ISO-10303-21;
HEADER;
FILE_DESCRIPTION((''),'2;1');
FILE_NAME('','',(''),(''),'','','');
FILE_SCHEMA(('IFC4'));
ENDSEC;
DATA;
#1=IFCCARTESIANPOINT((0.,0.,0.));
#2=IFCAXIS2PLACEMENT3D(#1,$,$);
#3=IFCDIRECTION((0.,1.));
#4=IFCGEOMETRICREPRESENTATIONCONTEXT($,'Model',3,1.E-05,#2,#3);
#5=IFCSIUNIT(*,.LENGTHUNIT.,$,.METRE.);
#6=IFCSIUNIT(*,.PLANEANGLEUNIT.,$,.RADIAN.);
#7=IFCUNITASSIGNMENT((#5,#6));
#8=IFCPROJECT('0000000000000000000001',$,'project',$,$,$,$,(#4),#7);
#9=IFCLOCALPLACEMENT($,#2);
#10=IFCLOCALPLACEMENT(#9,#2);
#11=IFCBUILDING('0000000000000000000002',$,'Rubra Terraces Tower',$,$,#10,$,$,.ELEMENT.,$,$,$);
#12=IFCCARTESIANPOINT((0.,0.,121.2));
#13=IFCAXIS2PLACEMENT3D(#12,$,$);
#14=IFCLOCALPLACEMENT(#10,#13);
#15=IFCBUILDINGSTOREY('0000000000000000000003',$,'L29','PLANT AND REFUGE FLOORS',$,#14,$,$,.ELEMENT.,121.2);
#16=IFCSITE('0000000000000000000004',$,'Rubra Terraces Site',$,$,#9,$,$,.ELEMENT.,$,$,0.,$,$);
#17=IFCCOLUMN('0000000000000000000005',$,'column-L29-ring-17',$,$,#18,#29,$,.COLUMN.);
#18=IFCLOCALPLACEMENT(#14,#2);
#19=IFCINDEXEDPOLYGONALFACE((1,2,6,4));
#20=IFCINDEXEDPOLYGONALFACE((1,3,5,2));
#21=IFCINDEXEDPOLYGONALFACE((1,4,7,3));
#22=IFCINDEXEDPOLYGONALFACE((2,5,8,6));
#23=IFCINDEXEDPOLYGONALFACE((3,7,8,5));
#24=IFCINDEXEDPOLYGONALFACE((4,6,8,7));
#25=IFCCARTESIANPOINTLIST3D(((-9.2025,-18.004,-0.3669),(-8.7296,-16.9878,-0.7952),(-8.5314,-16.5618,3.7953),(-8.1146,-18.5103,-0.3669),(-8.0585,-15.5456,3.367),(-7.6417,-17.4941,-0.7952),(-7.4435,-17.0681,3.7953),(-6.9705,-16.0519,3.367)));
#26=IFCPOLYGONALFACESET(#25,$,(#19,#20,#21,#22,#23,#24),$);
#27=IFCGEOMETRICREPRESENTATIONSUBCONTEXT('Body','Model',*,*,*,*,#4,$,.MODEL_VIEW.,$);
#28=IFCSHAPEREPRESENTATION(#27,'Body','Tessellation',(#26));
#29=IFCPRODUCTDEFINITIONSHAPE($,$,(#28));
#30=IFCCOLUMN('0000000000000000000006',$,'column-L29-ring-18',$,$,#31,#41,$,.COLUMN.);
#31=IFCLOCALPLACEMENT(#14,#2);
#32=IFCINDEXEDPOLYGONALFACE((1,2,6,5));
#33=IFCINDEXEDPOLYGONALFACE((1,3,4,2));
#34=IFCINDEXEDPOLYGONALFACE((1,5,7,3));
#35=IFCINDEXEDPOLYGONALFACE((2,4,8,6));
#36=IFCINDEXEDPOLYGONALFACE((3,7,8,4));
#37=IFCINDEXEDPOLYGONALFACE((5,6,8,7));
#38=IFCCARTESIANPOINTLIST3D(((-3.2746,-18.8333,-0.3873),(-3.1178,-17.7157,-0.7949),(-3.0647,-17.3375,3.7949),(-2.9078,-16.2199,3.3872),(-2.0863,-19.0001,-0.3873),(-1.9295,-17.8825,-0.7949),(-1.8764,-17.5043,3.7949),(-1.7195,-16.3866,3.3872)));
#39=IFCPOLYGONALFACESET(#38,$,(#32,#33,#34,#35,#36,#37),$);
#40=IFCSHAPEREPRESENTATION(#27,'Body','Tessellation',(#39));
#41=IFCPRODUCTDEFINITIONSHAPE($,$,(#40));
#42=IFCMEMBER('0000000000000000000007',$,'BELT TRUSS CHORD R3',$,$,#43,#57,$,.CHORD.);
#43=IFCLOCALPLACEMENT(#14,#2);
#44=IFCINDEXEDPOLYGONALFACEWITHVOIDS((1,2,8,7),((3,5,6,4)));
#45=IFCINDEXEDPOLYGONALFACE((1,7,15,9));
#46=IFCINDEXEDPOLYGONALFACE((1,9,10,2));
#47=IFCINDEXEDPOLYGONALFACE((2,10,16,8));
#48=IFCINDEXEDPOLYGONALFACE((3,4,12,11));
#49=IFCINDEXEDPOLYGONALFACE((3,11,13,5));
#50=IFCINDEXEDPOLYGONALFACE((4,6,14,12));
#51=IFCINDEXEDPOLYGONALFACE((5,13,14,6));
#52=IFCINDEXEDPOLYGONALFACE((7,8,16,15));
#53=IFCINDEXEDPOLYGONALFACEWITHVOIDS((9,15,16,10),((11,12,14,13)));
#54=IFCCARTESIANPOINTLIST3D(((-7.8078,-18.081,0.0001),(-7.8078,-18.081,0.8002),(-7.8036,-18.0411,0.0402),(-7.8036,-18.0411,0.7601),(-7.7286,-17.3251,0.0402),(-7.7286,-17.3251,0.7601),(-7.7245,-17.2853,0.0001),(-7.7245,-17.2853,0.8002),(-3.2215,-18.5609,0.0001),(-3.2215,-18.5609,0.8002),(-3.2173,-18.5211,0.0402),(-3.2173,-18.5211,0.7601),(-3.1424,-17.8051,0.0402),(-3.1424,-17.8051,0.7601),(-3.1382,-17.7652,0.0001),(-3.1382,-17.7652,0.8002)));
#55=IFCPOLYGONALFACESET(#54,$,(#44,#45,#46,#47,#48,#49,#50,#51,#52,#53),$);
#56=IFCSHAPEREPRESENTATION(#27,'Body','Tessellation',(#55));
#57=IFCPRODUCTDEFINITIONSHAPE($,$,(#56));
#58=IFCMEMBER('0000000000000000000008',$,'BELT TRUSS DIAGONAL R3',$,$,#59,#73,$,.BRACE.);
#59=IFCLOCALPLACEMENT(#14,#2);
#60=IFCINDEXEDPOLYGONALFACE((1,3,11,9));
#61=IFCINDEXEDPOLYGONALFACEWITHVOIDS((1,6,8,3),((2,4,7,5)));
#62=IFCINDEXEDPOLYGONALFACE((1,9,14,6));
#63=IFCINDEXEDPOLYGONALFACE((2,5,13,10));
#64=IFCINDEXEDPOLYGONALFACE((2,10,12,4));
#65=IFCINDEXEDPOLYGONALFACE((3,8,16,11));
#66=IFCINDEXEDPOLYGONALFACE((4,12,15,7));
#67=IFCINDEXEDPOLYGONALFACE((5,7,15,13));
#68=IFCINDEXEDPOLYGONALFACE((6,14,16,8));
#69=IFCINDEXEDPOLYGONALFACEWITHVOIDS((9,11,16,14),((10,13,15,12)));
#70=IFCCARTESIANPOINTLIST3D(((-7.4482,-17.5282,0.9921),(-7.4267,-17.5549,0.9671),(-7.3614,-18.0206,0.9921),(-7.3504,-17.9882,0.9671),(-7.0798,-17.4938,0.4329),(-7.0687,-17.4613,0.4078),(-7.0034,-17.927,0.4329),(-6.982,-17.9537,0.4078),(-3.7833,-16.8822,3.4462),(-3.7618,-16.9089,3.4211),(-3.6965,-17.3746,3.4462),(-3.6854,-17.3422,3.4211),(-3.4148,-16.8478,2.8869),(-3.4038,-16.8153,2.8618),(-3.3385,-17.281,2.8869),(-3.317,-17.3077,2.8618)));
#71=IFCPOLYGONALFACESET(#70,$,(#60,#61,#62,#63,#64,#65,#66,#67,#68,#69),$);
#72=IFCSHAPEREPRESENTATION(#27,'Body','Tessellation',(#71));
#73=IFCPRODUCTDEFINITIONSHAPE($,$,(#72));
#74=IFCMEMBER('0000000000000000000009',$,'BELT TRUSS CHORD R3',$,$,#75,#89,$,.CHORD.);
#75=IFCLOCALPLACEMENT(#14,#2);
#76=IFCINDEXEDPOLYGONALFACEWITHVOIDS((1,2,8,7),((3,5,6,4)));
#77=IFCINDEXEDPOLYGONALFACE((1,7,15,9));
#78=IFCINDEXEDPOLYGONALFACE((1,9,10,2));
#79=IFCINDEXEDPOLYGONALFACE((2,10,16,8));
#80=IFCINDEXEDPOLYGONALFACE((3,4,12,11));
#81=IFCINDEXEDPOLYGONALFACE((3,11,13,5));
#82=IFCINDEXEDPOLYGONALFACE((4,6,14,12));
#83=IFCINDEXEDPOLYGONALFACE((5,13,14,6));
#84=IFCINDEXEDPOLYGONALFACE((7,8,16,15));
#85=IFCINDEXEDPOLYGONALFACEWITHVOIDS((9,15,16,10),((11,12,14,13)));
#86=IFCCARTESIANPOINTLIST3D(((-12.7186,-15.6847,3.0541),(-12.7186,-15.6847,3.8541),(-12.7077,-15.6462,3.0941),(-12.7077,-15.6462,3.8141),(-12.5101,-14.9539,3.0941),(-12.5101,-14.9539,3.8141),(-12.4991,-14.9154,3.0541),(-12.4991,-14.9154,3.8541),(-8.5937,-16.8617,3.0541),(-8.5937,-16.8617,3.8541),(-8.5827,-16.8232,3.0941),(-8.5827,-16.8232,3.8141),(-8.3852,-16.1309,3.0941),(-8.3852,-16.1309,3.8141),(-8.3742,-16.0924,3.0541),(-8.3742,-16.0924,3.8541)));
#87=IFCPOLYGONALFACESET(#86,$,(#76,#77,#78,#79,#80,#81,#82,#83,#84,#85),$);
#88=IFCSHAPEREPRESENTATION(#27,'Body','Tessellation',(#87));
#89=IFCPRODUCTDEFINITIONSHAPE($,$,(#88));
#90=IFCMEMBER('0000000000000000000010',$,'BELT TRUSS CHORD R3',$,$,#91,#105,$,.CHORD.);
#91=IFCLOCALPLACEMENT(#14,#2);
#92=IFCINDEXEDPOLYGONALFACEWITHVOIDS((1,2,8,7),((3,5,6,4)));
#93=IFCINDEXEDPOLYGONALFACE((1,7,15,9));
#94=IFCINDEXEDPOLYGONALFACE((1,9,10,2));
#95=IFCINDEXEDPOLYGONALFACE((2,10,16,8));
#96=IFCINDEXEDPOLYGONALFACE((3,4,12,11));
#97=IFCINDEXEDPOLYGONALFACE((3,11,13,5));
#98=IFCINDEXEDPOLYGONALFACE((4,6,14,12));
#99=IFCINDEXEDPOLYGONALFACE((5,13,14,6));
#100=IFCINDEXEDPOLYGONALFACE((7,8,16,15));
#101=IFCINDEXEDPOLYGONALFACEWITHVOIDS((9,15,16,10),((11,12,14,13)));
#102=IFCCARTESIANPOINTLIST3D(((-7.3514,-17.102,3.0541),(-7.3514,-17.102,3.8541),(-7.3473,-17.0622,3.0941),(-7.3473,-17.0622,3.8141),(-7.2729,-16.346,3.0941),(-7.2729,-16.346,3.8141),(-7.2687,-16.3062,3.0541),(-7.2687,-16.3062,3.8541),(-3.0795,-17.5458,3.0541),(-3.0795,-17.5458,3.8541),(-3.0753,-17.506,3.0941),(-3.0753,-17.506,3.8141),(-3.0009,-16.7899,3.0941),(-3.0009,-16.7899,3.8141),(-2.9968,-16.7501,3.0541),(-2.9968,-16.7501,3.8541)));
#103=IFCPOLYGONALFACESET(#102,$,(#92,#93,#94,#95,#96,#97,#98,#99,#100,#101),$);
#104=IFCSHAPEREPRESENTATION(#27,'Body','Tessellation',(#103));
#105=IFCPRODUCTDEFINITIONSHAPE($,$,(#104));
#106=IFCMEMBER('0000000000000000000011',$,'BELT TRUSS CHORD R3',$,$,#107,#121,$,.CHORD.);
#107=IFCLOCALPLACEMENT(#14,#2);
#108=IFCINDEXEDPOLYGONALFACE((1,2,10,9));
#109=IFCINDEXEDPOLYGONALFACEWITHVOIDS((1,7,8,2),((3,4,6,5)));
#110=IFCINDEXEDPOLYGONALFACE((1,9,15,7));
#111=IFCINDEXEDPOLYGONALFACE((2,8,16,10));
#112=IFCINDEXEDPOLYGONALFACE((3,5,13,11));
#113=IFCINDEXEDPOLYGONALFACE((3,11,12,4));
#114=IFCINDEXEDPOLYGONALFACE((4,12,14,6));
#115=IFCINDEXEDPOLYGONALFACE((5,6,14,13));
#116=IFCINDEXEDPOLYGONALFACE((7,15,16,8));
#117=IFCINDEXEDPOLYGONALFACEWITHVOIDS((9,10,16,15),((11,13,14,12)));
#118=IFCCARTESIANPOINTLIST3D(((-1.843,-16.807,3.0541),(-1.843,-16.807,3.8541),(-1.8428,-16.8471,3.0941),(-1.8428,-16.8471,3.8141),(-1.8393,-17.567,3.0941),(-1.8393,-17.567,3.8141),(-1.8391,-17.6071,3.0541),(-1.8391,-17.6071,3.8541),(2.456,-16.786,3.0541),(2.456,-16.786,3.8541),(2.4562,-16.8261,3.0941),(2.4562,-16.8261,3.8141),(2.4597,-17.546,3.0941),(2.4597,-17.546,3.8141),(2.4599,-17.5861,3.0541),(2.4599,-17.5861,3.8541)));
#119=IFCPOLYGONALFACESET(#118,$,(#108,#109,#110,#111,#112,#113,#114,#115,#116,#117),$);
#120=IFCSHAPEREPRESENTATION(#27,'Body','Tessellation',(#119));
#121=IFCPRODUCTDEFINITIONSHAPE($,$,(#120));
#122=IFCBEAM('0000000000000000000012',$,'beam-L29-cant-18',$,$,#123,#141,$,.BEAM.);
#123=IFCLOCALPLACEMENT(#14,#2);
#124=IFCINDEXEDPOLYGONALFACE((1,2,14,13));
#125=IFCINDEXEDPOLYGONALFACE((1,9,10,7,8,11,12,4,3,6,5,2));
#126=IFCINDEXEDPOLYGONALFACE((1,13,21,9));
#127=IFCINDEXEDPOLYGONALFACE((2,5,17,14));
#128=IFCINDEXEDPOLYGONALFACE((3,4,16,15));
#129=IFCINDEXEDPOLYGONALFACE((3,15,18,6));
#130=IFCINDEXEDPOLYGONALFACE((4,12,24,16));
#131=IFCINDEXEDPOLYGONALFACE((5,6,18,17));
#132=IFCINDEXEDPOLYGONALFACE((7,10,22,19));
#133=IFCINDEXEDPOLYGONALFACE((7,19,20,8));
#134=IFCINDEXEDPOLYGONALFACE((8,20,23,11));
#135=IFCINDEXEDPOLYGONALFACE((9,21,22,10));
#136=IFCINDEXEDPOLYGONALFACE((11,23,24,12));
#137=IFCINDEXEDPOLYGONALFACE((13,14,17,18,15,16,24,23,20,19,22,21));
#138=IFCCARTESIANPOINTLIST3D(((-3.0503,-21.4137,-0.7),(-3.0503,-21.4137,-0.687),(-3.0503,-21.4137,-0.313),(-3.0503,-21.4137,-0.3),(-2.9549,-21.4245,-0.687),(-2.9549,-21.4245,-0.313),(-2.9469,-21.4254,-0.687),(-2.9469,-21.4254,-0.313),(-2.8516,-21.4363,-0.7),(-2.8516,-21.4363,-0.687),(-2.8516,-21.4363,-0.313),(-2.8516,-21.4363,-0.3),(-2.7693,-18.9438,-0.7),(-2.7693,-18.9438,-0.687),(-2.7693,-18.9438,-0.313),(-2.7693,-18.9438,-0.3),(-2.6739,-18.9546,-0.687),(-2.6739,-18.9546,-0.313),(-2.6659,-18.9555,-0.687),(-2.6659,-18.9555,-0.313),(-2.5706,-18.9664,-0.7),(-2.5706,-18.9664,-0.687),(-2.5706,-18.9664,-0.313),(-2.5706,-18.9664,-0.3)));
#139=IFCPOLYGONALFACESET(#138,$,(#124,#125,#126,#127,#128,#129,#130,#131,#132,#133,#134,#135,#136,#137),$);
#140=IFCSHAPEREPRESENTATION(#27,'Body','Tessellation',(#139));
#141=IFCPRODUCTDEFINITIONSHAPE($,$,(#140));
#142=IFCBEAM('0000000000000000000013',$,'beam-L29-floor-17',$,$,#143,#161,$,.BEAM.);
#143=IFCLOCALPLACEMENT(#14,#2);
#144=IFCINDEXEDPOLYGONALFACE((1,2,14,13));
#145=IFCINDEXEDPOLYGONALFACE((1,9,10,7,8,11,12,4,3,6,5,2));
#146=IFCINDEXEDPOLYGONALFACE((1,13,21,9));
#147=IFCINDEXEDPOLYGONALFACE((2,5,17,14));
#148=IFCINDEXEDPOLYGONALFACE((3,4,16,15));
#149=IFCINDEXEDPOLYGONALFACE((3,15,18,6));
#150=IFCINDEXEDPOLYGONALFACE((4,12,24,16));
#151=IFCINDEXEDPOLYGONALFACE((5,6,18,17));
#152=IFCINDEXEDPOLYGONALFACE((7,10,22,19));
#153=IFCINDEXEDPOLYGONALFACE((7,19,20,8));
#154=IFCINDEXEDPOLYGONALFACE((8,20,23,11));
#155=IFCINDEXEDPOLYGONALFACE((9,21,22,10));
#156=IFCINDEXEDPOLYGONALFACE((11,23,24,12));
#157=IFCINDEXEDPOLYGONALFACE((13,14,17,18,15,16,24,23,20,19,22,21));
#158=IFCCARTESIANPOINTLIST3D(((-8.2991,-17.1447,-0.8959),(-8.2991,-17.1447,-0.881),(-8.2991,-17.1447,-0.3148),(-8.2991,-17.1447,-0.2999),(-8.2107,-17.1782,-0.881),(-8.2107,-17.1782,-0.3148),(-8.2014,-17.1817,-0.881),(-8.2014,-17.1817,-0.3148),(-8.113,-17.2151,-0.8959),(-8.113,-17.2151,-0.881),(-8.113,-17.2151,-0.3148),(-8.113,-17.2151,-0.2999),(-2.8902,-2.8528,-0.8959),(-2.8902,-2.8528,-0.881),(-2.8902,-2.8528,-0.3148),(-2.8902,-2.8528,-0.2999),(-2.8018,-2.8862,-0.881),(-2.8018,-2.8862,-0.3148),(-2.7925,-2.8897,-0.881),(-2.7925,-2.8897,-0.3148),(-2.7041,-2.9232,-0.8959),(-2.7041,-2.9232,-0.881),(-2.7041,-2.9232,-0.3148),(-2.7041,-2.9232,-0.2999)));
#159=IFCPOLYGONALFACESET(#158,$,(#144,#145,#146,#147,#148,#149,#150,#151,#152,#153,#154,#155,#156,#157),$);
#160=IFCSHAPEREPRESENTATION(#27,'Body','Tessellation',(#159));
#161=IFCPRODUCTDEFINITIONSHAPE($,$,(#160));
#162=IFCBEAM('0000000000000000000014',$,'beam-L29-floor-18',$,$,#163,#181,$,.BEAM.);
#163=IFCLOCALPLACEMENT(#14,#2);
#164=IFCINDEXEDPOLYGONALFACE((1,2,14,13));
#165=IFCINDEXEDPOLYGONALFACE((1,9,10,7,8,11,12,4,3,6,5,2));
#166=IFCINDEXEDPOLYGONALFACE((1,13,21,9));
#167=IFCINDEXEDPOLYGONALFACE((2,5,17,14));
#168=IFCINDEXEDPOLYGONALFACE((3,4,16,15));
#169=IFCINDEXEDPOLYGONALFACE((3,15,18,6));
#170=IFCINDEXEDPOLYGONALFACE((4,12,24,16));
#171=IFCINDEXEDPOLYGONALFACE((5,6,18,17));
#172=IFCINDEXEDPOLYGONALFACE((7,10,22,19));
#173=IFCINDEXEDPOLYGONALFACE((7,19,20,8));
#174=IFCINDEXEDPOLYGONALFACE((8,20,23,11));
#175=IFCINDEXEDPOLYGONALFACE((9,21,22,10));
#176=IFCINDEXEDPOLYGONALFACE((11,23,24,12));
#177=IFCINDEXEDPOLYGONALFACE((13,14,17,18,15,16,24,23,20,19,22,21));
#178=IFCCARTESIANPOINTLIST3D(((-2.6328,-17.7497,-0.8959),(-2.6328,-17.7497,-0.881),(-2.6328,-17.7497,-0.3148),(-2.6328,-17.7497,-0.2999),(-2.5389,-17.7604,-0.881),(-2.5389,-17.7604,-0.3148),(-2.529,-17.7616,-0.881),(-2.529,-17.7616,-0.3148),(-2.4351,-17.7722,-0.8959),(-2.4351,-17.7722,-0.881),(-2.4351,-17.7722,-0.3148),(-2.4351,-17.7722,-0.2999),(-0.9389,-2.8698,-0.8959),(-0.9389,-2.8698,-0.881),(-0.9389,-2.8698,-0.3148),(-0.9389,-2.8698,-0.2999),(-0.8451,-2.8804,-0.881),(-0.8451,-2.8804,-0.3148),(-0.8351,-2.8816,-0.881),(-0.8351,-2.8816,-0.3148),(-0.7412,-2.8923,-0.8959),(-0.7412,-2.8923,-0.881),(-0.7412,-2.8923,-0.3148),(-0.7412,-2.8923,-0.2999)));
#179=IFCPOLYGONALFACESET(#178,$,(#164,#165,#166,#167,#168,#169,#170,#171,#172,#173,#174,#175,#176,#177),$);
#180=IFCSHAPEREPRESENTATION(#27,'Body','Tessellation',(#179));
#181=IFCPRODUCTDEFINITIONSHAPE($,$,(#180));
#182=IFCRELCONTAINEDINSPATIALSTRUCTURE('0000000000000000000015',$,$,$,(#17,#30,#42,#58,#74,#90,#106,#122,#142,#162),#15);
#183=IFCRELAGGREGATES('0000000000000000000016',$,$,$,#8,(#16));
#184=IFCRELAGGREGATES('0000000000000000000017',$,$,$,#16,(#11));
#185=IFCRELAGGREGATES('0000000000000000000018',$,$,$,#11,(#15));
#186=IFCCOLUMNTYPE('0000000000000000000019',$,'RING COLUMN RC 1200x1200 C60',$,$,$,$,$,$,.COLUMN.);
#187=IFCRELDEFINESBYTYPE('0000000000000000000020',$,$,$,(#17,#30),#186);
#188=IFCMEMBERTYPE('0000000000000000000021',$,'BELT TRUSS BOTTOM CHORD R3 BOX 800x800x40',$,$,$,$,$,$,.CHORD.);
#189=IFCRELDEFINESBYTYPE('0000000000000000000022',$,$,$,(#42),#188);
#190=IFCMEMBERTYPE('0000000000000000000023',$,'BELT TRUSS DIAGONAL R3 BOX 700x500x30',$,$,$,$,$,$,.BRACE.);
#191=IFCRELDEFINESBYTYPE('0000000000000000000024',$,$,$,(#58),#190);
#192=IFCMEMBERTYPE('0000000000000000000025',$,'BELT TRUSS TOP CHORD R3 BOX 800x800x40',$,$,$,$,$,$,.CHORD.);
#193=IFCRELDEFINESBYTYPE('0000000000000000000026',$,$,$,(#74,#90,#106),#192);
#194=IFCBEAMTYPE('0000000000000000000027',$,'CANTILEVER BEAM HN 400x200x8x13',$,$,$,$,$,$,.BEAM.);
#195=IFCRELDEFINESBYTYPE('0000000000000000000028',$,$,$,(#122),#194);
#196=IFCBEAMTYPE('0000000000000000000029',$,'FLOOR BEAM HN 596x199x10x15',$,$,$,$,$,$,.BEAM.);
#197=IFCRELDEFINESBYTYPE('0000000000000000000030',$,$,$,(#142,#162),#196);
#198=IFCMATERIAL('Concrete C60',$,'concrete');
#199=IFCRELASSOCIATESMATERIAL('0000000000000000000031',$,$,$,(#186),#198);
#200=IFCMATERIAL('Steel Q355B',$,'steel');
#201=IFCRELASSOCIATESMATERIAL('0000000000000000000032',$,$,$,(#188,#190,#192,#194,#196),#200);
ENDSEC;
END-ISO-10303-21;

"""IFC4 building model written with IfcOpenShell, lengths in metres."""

from ifc_helpers import new_model, si_unit, direction, frame, origin, origin_2d, place, context, subcontext, project, spatial, rectangle, hollow_rectangle, i_section, extrude, material, material_profile, profile_set, type_object, element, save


model = new_model("IFC4")

# Units and contexts
model_context = context("Model", 3, precision=1e-05, world=origin(), true_north=direction((0.0, 1.0)))
body_context = subcontext(model_context, "Body", "Model", "MODEL_VIEW")
ifc_project = project(units=[si_unit("LENGTHUNIT", "METRE"), si_unit("PLANEANGLEUNIT", "RADIAN")], contexts=[model_context])

# Site, building, storey
site_placement = place(None, origin())
site = spatial("IfcSite", under=ifc_project, at=site_placement, Name="Rubra Terraces Site", CompositionType="ELEMENT", RefElevation=0.0)
building_placement = place(site_placement, origin())
building = spatial("IfcBuilding", under=site, at=building_placement, Name="Rubra Terraces Tower", CompositionType="ELEMENT")
storey_placement = place(building_placement, frame((0.0, 0.0, 121.2)))
storey = spatial("IfcBuildingStorey", under=building, at=storey_placement, Name="L29", Description="PLANT AND REFUGE FLOORS", CompositionType="ELEMENT", Elevation=121.2)

# Columns
ifc_material_1 = material(Name="Concrete C60", Category="concrete")
ifc_material_profile_1 = material_profile(ifc_material_1, rectangle(XDim=1.2, YDim=1.2, at=origin_2d()), Name="RC 1200x1200")
ifc_profile_set_1 = profile_set([ifc_material_profile_1], Name="Concrete C60")
column_type = type_object("IfcColumnType", Name="RING COLUMN RC 1200x1200 C60", PredefinedType="COLUMN", material=ifc_profile_set_1)
column_1_placement = place(storey_placement, frame((-8.4221, -17.749, -0.5811), z_axis=(0.150625, 0.323661, 0.934107), x_axis=(-0.90663, 0.421927, 0.0)))
element("IfcColumn", 1, at=column_1_placement, inside=storey, type_object=column_type, Name="column-L29-ring-17", PredefinedType="COLUMN", context=body_context, shape_type="SweptSolid", body=[
    extrude(rectangle(XDim=1.2, YDim=1.2, at=origin_2d()), origin(), (0.0, 0.0, 1.0), 4.4558),
])
column_2_placement = place(storey_placement, frame((-2.6021, -18.3579, -0.5911), z_axis=(0.047219, 0.336406, 0.940532), x_axis=(-0.990292, 0.139, 0.0)))
element("IfcColumn", 2, at=column_2_placement, inside=storey, type_object=column_type, Name="column-L29-ring-18", PredefinedType="COLUMN", context=body_context, shape_type="SweptSolid", body=[
    extrude(rectangle(XDim=1.2, YDim=1.2, at=origin_2d()), origin(), (0.0, 0.0, 1.0), 4.4465),
])

# Members
ifc_material_2 = material(Name="Steel Q355B", Category="steel")
ifc_material_profile_2 = material_profile(ifc_material_2, hollow_rectangle(XDim=0.8, YDim=0.8, WallThickness=0.04, at=origin_2d()), Name="BOX 800x800x40")
ifc_profile_set_2 = profile_set([ifc_material_profile_2], Name="Steel Q355B")
member_type_1 = type_object("IfcMemberType", Name="BELT TRUSS BOTTOM CHORD R3 BOX 800x800x40", PredefinedType="CHORD", material=ifc_profile_set_2)
member_1_placement = place(storey_placement, frame((-7.7661, -17.6831, 0.4001), z_axis=(0.994568, -0.104089, 0.0), x_axis=(0.104089, 0.994568, 0.0)))
element("IfcMember", 3, at=member_1_placement, inside=storey, type_object=member_type_1, Name="BELT TRUSS CHORD R3", PredefinedType="CHORD", context=body_context, shape_type="SweptSolid", body=[
    extrude(hollow_rectangle(XDim=0.8, YDim=0.8, WallThickness=0.04, at=origin_2d()), origin(), (0.0, 0.0, 1.0), 4.6113),
])
ifc_material_profile_3 = material_profile(ifc_material_2, hollow_rectangle(XDim=0.5, YDim=0.7, WallThickness=0.03, at=origin_2d()), Name="BOX 700x500x30")
ifc_profile_set_3 = profile_set([ifc_material_profile_3], Name="Steel Q355B")
member_type_2 = type_object("IfcMemberType", Name="BELT TRUSS DIAGONAL R3 BOX 700x500x30", PredefinedType="BRACE", material=ifc_profile_set_3)
member_2_placement = place(storey_placement, frame((-7.2151, -17.741, 0.7), z_axis=(0.822154, 0.144912, 0.550512), x_axis=(-0.173583, 0.984819, 0.0)))
element("IfcMember", 4, at=member_2_placement, inside=storey, type_object=member_type_2, Name="BELT TRUSS DIAGONAL R3", PredefinedType="BRACE", context=body_context, shape_type="SweptSolid", body=[
    extrude(hollow_rectangle(XDim=0.5, YDim=0.7, WallThickness=0.03, at=origin_2d()), origin(), (0.0, 0.0, 1.0), 4.4578),
])
ifc_material_profile_4 = material_profile(ifc_material_2, hollow_rectangle(XDim=0.8, YDim=0.8, WallThickness=0.04, at=origin_2d()), Name="BOX 800x800x40")
ifc_profile_set_4 = profile_set([ifc_material_profile_4], Name="Steel Q355B")
member_type_3 = type_object("IfcMemberType", Name="BELT TRUSS TOP CHORD R3 BOX 800x800x40", PredefinedType="CHORD", material=ifc_profile_set_4)
member_3_placement = place(storey_placement, frame((-12.6089, -15.3, 3.4541), z_axis=(0.961621, -0.274383, 0.0), x_axis=(0.274383, 0.961621, 0.0)))
element("IfcMember", 5, at=member_3_placement, inside=storey, type_object=member_type_3, Name="BELT TRUSS CHORD R3", PredefinedType="CHORD", context=body_context, shape_type="SweptSolid", body=[
    extrude(hollow_rectangle(XDim=0.8, YDim=0.8, WallThickness=0.04, at=origin_2d()), origin(), (0.0, 0.0, 1.0), 4.2896),
])
member_4_placement = place(storey_placement, frame((-7.3101, -16.7041, 3.4541), z_axis=(0.994646, -0.103341, 0.0), x_axis=(0.103341, 0.994646, 0.0)))
element("IfcMember", 6, at=member_4_placement, inside=storey, type_object=member_type_3, Name="BELT TRUSS CHORD R3", PredefinedType="CHORD", context=body_context, shape_type="SweptSolid", body=[
    extrude(hollow_rectangle(XDim=0.8, YDim=0.8, WallThickness=0.04, at=origin_2d()), origin(), (0.0, 0.0, 1.0), 4.2949),
])
member_5_placement = place(storey_placement, frame((-1.8411, -17.207, 3.4541), z_axis=(0.999988, 0.004884, 0.0), x_axis=(-0.004884, 0.999988, 0.0)))
element("IfcMember", 7, at=member_5_placement, inside=storey, type_object=member_type_3, Name="BELT TRUSS CHORD R3", PredefinedType="CHORD", context=body_context, shape_type="SweptSolid", body=[
    extrude(hollow_rectangle(XDim=0.8, YDim=0.8, WallThickness=0.04, at=origin_2d()), origin(), (0.0, 0.0, 1.0), 4.2991),
])

# Beams
ifc_material_profile_5 = material_profile(ifc_material_2, i_section(OverallWidth=0.2, OverallDepth=0.3999, WebThickness=0.0081, FlangeThickness=0.0129, at=origin_2d()), Name="HN 400x200x8x13")
ifc_profile_set_5 = profile_set([ifc_material_profile_5], Name="Steel Q355B")
beam_type_1 = type_object("IfcBeamType", Name="CANTILEVER BEAM HN 400x200x8x13", PredefinedType="BEAM", material=ifc_profile_set_5)
beam_1_placement = place(storey_placement, frame((-2.6699, -18.9551, -0.5), z_axis=(-0.11304, -0.99359, 0.0), x_axis=(0.99359, -0.11304, 0.0)))
element("IfcBeam", 8, at=beam_1_placement, inside=storey, type_object=beam_type_1, Name="beam-L29-cant-18", PredefinedType="BEAM", context=body_context, shape_type="SweptSolid", body=[
    extrude(i_section(OverallWidth=0.2, OverallDepth=0.3999, WebThickness=0.0081, FlangeThickness=0.0129, at=origin_2d()), origin(), (0.0, 0.0, 1.0), 2.4858),
])
ifc_material_profile_6 = material_profile(ifc_material_2, i_section(OverallWidth=0.199, OverallDepth=0.5959, WebThickness=0.01, FlangeThickness=0.0149, at=origin_2d()), Name="HN 596x199x10x15")
ifc_profile_set_6 = profile_set([ifc_material_profile_6], Name="Steel Q355B")
beam_type_2 = type_object("IfcBeamType", Name="FLOOR BEAM HN 596x199x10x15", PredefinedType="BEAM", material=ifc_profile_set_6)
beam_2_placement = place(storey_placement, frame((-8.2061, -17.1799, -0.5979), z_axis=(0.353958, 0.935261, 0.0), x_axis=(-0.935261, 0.353958, 0.0)))
element("IfcBeam", 9, at=beam_2_placement, inside=storey, type_object=beam_type_2, Name="beam-L29-floor-17", PredefinedType="BEAM", context=body_context, shape_type="SweptSolid", body=[
    extrude(i_section(OverallWidth=0.199, OverallDepth=0.5959, WebThickness=0.01, FlangeThickness=0.0149, at=origin_2d()), origin(), (0.0, 0.0, 1.0), 15.2812),
])
beam_3_placement = place(storey_placement, frame((-2.5339, -17.761, -0.5979), z_axis=(0.113104, 0.993583, 0.0), x_axis=(-0.993583, 0.113104, 0.0)))
element("IfcBeam", 10, at=beam_3_placement, inside=storey, type_object=beam_type_2, Name="beam-L29-floor-18", PredefinedType="BEAM", context=body_context, shape_type="SweptSolid", body=[
    extrude(i_section(OverallWidth=0.199, OverallDepth=0.5959, WebThickness=0.01, FlangeThickness=0.0149, at=origin_2d()), origin(), (0.0, 0.0, 1.0), 14.9761),
])

save(model, "model.ifc")
